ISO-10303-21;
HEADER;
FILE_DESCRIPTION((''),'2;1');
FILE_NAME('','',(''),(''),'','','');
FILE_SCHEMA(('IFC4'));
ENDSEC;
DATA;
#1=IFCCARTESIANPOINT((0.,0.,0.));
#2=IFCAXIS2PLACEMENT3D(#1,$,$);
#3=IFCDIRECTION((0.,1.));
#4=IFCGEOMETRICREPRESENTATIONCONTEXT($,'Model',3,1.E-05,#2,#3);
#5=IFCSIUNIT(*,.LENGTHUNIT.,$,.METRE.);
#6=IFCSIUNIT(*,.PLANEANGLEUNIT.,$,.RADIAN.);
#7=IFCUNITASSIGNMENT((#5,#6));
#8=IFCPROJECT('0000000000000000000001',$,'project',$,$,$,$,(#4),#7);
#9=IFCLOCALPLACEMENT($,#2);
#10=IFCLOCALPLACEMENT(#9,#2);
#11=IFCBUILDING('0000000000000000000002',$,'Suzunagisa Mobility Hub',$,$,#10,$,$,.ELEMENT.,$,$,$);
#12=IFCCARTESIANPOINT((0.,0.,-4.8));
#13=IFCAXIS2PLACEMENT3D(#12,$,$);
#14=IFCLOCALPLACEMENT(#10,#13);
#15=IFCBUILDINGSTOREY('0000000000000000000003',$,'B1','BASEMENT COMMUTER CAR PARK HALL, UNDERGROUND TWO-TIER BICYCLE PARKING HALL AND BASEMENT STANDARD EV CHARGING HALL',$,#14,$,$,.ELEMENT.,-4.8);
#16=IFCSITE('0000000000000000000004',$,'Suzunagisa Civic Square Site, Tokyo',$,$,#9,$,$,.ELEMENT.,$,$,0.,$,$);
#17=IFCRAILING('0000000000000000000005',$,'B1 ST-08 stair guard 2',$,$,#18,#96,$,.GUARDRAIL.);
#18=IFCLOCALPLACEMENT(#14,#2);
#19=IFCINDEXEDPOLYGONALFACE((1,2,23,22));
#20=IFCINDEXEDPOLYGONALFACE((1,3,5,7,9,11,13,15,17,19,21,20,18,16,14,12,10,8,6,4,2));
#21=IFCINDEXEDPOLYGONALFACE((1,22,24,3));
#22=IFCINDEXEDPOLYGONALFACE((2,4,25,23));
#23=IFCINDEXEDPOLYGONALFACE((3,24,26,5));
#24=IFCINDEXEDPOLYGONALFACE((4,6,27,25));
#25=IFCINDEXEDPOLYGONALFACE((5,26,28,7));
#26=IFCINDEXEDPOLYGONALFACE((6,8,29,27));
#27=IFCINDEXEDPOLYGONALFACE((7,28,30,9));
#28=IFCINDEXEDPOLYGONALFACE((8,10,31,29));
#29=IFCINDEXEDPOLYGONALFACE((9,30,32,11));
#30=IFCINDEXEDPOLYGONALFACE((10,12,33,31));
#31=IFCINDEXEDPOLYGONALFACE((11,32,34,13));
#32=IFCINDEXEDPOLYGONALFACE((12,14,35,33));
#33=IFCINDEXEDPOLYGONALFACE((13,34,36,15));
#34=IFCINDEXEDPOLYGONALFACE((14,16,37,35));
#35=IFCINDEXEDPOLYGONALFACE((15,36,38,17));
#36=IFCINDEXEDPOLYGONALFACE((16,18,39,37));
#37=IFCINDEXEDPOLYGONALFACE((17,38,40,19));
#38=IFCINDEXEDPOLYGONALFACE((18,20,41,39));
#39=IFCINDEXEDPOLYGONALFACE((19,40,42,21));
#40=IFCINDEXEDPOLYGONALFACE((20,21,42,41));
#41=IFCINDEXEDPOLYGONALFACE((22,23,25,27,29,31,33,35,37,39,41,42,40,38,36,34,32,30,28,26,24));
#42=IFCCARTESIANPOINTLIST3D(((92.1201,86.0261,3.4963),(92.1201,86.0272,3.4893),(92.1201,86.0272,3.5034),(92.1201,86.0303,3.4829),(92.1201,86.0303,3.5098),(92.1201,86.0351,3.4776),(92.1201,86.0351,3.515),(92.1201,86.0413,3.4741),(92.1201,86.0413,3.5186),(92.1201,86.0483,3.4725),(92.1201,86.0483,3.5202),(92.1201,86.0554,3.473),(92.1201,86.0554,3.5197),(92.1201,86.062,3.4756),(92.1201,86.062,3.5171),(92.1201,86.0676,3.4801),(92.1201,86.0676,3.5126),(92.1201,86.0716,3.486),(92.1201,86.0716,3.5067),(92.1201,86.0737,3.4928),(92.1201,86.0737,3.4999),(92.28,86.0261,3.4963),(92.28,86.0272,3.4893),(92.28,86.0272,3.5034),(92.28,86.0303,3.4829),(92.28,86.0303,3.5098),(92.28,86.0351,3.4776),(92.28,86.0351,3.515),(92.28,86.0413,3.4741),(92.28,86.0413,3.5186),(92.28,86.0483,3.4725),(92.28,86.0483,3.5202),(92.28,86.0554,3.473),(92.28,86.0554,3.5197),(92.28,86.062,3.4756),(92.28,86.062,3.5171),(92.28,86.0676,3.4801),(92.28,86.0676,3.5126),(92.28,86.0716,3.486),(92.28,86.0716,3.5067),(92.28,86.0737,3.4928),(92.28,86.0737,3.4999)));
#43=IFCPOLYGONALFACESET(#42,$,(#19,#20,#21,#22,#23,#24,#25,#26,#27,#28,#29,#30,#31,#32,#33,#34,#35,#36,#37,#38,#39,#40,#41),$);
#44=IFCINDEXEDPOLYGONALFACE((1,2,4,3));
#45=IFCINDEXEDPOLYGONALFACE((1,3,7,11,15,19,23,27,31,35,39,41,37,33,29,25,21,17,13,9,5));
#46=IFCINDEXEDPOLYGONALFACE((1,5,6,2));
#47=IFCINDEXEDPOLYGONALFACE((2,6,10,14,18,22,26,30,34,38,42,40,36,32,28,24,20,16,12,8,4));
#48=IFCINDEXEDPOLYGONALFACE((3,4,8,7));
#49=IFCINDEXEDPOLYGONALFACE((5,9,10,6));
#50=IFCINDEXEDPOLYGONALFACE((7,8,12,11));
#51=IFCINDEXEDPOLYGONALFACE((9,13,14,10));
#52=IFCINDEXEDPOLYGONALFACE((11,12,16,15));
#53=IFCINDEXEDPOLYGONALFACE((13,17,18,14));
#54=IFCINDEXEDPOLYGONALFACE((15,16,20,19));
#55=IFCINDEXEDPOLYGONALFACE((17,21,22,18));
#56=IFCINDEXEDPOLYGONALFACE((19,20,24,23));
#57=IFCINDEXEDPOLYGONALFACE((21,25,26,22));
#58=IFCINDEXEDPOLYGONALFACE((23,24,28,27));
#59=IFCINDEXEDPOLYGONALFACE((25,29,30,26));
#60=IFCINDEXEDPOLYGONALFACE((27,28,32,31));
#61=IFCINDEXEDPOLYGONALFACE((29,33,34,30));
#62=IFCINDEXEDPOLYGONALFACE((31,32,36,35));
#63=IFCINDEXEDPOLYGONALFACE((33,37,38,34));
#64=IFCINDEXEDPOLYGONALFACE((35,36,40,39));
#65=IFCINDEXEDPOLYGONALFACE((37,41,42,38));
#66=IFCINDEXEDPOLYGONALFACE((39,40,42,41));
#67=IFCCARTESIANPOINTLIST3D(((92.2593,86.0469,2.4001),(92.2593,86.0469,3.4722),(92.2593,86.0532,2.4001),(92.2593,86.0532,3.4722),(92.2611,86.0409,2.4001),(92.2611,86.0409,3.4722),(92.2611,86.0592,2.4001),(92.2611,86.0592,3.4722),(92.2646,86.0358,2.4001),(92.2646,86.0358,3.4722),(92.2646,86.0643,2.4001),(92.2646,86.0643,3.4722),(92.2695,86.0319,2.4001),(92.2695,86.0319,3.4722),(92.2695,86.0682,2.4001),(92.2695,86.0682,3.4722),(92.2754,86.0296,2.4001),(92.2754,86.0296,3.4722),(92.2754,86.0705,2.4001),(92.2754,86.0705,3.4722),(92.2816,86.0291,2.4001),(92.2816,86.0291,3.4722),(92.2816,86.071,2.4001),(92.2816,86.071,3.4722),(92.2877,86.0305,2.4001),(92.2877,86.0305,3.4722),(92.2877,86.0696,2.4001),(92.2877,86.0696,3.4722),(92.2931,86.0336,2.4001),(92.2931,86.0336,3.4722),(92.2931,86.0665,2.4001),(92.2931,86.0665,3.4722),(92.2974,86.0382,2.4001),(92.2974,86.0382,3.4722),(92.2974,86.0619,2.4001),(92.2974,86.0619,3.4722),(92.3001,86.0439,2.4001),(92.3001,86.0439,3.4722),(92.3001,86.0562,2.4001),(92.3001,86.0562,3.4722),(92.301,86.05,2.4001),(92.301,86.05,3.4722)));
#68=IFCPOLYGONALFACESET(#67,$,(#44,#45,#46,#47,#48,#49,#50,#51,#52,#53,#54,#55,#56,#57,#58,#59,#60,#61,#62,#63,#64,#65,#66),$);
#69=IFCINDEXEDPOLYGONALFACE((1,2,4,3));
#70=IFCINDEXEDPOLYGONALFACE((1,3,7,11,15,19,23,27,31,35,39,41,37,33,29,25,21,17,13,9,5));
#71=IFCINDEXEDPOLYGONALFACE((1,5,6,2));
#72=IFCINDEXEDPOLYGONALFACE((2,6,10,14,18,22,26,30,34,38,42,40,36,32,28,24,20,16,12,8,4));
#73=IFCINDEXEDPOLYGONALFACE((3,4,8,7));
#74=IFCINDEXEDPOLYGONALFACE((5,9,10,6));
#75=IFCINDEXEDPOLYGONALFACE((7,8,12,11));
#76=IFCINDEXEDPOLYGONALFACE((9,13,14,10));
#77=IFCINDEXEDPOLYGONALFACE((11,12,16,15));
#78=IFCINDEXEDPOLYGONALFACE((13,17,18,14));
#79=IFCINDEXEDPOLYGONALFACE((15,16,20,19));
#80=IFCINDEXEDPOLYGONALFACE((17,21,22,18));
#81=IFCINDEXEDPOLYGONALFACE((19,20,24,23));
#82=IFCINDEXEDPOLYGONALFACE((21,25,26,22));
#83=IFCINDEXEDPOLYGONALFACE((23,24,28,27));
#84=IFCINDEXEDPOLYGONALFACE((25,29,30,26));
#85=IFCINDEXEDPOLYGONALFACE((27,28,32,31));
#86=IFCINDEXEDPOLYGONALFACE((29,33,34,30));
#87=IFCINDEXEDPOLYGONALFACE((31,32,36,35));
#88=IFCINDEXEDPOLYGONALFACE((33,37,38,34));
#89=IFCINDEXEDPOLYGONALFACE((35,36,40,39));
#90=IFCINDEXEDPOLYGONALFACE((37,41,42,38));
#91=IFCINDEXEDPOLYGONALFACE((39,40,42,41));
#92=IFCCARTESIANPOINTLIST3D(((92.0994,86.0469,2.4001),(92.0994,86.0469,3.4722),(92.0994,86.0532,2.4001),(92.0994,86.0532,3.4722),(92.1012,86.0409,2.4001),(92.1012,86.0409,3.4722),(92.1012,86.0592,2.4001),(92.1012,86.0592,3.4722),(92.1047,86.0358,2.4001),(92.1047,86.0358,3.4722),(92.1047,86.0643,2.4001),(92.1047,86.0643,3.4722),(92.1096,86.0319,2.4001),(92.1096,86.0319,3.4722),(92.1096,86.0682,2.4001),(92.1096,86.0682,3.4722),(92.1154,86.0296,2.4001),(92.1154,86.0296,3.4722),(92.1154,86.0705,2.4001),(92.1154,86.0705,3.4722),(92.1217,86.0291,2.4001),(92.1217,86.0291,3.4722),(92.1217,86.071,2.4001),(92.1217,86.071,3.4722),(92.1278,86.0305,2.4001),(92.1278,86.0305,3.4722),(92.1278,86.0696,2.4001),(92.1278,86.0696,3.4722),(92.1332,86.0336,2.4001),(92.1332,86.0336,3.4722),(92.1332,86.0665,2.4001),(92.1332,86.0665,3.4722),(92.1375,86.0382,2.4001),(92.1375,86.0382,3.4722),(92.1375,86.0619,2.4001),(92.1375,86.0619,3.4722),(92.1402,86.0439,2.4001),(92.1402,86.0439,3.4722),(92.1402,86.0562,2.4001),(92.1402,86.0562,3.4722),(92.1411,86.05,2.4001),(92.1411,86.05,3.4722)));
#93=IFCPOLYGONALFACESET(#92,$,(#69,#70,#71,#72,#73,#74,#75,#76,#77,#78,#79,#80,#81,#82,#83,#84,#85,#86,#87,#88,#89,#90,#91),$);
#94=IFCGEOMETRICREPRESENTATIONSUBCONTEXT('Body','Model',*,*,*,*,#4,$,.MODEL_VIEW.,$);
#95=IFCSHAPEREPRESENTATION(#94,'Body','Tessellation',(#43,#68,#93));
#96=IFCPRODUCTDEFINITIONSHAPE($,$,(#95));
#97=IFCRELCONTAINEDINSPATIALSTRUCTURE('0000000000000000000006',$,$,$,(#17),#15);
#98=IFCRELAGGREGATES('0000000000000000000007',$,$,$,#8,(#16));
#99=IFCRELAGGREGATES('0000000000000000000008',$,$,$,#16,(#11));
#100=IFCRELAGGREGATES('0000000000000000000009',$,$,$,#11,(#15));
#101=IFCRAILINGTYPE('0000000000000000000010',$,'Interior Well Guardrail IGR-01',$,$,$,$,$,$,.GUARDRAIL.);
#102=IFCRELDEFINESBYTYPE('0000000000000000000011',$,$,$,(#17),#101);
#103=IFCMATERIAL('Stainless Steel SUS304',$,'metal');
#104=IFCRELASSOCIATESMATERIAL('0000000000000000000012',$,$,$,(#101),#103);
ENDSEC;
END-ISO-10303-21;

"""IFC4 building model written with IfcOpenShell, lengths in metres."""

from ifc_helpers import new_model, si_unit, direction, frame, origin, origin_2d, place, context, subcontext, project, spatial, circle, extrude, material, type_object, element, save


model = new_model("IFC4")

# Units and contexts
model_context = context("Model", 3, precision=1e-05, world=origin(), true_north=direction((0.0, 1.0)))
body_context = subcontext(model_context, "Body", "Model", "MODEL_VIEW")
ifc_project = project(units=[si_unit("LENGTHUNIT", "METRE"), si_unit("PLANEANGLEUNIT", "RADIAN")], contexts=[model_context])

# Site, building, storey
site_placement = place(None, origin())
site = spatial("IfcSite", under=ifc_project, at=site_placement, Name="Suzunagisa Civic Square Site, Tokyo", CompositionType="ELEMENT", RefElevation=0.0)
building_placement = place(site_placement, origin())
building = spatial("IfcBuilding", under=site, at=building_placement, Name="Suzunagisa Mobility Hub", CompositionType="ELEMENT")
storey_placement = place(building_placement, frame((0.0, 0.0, -4.8)))
storey = spatial("IfcBuildingStorey", under=building, at=storey_placement, Name="B1", Description="BASEMENT COMMUTER CAR PARK HALL, UNDERGROUND TWO-TIER BICYCLE PARKING HALL AND BASEMENT STANDARD EV CHARGING HALL", CompositionType="ELEMENT", Elevation=-4.8)

# Railing
ifc_material_1 = material(Name="Stainless Steel SUS304", Category="metal")
railing_type_1 = type_object("IfcRailingType", Name="Interior Well Guardrail IGR-01", PredefinedType="GUARDRAIL", material=ifc_material_1)
railing_1_placement = place(storey_placement, frame((92.28, 86.05, 2.4001)))
element("IfcRailing", 1, at=railing_1_placement, inside=storey, type_object=railing_type_1, Name="B1 ST-08 stair guard 2", PredefinedType="GUARDRAIL", context=body_context, shape_type="SweptSolid", body=[
    extrude(circle(Radius=0.0239, at=origin_2d()), frame((0.0, 0.0, 1.0962), z_axis=(-1.0, 0.0, 0.0), x_axis=(0.0, -1.0, 0.0)), (0.0, 0.0, 1.0), 0.1599),
    extrude(circle(Radius=0.021, at=origin_2d()), origin(), (0.0, 0.0, 1.0), 1.072),
    extrude(circle(Radius=0.021, at=origin_2d()), frame((-0.1599, 0.0, 0.0)), (0.0, 0.0, 1.0), 1.072),
])

save(model, "model.ifc")
